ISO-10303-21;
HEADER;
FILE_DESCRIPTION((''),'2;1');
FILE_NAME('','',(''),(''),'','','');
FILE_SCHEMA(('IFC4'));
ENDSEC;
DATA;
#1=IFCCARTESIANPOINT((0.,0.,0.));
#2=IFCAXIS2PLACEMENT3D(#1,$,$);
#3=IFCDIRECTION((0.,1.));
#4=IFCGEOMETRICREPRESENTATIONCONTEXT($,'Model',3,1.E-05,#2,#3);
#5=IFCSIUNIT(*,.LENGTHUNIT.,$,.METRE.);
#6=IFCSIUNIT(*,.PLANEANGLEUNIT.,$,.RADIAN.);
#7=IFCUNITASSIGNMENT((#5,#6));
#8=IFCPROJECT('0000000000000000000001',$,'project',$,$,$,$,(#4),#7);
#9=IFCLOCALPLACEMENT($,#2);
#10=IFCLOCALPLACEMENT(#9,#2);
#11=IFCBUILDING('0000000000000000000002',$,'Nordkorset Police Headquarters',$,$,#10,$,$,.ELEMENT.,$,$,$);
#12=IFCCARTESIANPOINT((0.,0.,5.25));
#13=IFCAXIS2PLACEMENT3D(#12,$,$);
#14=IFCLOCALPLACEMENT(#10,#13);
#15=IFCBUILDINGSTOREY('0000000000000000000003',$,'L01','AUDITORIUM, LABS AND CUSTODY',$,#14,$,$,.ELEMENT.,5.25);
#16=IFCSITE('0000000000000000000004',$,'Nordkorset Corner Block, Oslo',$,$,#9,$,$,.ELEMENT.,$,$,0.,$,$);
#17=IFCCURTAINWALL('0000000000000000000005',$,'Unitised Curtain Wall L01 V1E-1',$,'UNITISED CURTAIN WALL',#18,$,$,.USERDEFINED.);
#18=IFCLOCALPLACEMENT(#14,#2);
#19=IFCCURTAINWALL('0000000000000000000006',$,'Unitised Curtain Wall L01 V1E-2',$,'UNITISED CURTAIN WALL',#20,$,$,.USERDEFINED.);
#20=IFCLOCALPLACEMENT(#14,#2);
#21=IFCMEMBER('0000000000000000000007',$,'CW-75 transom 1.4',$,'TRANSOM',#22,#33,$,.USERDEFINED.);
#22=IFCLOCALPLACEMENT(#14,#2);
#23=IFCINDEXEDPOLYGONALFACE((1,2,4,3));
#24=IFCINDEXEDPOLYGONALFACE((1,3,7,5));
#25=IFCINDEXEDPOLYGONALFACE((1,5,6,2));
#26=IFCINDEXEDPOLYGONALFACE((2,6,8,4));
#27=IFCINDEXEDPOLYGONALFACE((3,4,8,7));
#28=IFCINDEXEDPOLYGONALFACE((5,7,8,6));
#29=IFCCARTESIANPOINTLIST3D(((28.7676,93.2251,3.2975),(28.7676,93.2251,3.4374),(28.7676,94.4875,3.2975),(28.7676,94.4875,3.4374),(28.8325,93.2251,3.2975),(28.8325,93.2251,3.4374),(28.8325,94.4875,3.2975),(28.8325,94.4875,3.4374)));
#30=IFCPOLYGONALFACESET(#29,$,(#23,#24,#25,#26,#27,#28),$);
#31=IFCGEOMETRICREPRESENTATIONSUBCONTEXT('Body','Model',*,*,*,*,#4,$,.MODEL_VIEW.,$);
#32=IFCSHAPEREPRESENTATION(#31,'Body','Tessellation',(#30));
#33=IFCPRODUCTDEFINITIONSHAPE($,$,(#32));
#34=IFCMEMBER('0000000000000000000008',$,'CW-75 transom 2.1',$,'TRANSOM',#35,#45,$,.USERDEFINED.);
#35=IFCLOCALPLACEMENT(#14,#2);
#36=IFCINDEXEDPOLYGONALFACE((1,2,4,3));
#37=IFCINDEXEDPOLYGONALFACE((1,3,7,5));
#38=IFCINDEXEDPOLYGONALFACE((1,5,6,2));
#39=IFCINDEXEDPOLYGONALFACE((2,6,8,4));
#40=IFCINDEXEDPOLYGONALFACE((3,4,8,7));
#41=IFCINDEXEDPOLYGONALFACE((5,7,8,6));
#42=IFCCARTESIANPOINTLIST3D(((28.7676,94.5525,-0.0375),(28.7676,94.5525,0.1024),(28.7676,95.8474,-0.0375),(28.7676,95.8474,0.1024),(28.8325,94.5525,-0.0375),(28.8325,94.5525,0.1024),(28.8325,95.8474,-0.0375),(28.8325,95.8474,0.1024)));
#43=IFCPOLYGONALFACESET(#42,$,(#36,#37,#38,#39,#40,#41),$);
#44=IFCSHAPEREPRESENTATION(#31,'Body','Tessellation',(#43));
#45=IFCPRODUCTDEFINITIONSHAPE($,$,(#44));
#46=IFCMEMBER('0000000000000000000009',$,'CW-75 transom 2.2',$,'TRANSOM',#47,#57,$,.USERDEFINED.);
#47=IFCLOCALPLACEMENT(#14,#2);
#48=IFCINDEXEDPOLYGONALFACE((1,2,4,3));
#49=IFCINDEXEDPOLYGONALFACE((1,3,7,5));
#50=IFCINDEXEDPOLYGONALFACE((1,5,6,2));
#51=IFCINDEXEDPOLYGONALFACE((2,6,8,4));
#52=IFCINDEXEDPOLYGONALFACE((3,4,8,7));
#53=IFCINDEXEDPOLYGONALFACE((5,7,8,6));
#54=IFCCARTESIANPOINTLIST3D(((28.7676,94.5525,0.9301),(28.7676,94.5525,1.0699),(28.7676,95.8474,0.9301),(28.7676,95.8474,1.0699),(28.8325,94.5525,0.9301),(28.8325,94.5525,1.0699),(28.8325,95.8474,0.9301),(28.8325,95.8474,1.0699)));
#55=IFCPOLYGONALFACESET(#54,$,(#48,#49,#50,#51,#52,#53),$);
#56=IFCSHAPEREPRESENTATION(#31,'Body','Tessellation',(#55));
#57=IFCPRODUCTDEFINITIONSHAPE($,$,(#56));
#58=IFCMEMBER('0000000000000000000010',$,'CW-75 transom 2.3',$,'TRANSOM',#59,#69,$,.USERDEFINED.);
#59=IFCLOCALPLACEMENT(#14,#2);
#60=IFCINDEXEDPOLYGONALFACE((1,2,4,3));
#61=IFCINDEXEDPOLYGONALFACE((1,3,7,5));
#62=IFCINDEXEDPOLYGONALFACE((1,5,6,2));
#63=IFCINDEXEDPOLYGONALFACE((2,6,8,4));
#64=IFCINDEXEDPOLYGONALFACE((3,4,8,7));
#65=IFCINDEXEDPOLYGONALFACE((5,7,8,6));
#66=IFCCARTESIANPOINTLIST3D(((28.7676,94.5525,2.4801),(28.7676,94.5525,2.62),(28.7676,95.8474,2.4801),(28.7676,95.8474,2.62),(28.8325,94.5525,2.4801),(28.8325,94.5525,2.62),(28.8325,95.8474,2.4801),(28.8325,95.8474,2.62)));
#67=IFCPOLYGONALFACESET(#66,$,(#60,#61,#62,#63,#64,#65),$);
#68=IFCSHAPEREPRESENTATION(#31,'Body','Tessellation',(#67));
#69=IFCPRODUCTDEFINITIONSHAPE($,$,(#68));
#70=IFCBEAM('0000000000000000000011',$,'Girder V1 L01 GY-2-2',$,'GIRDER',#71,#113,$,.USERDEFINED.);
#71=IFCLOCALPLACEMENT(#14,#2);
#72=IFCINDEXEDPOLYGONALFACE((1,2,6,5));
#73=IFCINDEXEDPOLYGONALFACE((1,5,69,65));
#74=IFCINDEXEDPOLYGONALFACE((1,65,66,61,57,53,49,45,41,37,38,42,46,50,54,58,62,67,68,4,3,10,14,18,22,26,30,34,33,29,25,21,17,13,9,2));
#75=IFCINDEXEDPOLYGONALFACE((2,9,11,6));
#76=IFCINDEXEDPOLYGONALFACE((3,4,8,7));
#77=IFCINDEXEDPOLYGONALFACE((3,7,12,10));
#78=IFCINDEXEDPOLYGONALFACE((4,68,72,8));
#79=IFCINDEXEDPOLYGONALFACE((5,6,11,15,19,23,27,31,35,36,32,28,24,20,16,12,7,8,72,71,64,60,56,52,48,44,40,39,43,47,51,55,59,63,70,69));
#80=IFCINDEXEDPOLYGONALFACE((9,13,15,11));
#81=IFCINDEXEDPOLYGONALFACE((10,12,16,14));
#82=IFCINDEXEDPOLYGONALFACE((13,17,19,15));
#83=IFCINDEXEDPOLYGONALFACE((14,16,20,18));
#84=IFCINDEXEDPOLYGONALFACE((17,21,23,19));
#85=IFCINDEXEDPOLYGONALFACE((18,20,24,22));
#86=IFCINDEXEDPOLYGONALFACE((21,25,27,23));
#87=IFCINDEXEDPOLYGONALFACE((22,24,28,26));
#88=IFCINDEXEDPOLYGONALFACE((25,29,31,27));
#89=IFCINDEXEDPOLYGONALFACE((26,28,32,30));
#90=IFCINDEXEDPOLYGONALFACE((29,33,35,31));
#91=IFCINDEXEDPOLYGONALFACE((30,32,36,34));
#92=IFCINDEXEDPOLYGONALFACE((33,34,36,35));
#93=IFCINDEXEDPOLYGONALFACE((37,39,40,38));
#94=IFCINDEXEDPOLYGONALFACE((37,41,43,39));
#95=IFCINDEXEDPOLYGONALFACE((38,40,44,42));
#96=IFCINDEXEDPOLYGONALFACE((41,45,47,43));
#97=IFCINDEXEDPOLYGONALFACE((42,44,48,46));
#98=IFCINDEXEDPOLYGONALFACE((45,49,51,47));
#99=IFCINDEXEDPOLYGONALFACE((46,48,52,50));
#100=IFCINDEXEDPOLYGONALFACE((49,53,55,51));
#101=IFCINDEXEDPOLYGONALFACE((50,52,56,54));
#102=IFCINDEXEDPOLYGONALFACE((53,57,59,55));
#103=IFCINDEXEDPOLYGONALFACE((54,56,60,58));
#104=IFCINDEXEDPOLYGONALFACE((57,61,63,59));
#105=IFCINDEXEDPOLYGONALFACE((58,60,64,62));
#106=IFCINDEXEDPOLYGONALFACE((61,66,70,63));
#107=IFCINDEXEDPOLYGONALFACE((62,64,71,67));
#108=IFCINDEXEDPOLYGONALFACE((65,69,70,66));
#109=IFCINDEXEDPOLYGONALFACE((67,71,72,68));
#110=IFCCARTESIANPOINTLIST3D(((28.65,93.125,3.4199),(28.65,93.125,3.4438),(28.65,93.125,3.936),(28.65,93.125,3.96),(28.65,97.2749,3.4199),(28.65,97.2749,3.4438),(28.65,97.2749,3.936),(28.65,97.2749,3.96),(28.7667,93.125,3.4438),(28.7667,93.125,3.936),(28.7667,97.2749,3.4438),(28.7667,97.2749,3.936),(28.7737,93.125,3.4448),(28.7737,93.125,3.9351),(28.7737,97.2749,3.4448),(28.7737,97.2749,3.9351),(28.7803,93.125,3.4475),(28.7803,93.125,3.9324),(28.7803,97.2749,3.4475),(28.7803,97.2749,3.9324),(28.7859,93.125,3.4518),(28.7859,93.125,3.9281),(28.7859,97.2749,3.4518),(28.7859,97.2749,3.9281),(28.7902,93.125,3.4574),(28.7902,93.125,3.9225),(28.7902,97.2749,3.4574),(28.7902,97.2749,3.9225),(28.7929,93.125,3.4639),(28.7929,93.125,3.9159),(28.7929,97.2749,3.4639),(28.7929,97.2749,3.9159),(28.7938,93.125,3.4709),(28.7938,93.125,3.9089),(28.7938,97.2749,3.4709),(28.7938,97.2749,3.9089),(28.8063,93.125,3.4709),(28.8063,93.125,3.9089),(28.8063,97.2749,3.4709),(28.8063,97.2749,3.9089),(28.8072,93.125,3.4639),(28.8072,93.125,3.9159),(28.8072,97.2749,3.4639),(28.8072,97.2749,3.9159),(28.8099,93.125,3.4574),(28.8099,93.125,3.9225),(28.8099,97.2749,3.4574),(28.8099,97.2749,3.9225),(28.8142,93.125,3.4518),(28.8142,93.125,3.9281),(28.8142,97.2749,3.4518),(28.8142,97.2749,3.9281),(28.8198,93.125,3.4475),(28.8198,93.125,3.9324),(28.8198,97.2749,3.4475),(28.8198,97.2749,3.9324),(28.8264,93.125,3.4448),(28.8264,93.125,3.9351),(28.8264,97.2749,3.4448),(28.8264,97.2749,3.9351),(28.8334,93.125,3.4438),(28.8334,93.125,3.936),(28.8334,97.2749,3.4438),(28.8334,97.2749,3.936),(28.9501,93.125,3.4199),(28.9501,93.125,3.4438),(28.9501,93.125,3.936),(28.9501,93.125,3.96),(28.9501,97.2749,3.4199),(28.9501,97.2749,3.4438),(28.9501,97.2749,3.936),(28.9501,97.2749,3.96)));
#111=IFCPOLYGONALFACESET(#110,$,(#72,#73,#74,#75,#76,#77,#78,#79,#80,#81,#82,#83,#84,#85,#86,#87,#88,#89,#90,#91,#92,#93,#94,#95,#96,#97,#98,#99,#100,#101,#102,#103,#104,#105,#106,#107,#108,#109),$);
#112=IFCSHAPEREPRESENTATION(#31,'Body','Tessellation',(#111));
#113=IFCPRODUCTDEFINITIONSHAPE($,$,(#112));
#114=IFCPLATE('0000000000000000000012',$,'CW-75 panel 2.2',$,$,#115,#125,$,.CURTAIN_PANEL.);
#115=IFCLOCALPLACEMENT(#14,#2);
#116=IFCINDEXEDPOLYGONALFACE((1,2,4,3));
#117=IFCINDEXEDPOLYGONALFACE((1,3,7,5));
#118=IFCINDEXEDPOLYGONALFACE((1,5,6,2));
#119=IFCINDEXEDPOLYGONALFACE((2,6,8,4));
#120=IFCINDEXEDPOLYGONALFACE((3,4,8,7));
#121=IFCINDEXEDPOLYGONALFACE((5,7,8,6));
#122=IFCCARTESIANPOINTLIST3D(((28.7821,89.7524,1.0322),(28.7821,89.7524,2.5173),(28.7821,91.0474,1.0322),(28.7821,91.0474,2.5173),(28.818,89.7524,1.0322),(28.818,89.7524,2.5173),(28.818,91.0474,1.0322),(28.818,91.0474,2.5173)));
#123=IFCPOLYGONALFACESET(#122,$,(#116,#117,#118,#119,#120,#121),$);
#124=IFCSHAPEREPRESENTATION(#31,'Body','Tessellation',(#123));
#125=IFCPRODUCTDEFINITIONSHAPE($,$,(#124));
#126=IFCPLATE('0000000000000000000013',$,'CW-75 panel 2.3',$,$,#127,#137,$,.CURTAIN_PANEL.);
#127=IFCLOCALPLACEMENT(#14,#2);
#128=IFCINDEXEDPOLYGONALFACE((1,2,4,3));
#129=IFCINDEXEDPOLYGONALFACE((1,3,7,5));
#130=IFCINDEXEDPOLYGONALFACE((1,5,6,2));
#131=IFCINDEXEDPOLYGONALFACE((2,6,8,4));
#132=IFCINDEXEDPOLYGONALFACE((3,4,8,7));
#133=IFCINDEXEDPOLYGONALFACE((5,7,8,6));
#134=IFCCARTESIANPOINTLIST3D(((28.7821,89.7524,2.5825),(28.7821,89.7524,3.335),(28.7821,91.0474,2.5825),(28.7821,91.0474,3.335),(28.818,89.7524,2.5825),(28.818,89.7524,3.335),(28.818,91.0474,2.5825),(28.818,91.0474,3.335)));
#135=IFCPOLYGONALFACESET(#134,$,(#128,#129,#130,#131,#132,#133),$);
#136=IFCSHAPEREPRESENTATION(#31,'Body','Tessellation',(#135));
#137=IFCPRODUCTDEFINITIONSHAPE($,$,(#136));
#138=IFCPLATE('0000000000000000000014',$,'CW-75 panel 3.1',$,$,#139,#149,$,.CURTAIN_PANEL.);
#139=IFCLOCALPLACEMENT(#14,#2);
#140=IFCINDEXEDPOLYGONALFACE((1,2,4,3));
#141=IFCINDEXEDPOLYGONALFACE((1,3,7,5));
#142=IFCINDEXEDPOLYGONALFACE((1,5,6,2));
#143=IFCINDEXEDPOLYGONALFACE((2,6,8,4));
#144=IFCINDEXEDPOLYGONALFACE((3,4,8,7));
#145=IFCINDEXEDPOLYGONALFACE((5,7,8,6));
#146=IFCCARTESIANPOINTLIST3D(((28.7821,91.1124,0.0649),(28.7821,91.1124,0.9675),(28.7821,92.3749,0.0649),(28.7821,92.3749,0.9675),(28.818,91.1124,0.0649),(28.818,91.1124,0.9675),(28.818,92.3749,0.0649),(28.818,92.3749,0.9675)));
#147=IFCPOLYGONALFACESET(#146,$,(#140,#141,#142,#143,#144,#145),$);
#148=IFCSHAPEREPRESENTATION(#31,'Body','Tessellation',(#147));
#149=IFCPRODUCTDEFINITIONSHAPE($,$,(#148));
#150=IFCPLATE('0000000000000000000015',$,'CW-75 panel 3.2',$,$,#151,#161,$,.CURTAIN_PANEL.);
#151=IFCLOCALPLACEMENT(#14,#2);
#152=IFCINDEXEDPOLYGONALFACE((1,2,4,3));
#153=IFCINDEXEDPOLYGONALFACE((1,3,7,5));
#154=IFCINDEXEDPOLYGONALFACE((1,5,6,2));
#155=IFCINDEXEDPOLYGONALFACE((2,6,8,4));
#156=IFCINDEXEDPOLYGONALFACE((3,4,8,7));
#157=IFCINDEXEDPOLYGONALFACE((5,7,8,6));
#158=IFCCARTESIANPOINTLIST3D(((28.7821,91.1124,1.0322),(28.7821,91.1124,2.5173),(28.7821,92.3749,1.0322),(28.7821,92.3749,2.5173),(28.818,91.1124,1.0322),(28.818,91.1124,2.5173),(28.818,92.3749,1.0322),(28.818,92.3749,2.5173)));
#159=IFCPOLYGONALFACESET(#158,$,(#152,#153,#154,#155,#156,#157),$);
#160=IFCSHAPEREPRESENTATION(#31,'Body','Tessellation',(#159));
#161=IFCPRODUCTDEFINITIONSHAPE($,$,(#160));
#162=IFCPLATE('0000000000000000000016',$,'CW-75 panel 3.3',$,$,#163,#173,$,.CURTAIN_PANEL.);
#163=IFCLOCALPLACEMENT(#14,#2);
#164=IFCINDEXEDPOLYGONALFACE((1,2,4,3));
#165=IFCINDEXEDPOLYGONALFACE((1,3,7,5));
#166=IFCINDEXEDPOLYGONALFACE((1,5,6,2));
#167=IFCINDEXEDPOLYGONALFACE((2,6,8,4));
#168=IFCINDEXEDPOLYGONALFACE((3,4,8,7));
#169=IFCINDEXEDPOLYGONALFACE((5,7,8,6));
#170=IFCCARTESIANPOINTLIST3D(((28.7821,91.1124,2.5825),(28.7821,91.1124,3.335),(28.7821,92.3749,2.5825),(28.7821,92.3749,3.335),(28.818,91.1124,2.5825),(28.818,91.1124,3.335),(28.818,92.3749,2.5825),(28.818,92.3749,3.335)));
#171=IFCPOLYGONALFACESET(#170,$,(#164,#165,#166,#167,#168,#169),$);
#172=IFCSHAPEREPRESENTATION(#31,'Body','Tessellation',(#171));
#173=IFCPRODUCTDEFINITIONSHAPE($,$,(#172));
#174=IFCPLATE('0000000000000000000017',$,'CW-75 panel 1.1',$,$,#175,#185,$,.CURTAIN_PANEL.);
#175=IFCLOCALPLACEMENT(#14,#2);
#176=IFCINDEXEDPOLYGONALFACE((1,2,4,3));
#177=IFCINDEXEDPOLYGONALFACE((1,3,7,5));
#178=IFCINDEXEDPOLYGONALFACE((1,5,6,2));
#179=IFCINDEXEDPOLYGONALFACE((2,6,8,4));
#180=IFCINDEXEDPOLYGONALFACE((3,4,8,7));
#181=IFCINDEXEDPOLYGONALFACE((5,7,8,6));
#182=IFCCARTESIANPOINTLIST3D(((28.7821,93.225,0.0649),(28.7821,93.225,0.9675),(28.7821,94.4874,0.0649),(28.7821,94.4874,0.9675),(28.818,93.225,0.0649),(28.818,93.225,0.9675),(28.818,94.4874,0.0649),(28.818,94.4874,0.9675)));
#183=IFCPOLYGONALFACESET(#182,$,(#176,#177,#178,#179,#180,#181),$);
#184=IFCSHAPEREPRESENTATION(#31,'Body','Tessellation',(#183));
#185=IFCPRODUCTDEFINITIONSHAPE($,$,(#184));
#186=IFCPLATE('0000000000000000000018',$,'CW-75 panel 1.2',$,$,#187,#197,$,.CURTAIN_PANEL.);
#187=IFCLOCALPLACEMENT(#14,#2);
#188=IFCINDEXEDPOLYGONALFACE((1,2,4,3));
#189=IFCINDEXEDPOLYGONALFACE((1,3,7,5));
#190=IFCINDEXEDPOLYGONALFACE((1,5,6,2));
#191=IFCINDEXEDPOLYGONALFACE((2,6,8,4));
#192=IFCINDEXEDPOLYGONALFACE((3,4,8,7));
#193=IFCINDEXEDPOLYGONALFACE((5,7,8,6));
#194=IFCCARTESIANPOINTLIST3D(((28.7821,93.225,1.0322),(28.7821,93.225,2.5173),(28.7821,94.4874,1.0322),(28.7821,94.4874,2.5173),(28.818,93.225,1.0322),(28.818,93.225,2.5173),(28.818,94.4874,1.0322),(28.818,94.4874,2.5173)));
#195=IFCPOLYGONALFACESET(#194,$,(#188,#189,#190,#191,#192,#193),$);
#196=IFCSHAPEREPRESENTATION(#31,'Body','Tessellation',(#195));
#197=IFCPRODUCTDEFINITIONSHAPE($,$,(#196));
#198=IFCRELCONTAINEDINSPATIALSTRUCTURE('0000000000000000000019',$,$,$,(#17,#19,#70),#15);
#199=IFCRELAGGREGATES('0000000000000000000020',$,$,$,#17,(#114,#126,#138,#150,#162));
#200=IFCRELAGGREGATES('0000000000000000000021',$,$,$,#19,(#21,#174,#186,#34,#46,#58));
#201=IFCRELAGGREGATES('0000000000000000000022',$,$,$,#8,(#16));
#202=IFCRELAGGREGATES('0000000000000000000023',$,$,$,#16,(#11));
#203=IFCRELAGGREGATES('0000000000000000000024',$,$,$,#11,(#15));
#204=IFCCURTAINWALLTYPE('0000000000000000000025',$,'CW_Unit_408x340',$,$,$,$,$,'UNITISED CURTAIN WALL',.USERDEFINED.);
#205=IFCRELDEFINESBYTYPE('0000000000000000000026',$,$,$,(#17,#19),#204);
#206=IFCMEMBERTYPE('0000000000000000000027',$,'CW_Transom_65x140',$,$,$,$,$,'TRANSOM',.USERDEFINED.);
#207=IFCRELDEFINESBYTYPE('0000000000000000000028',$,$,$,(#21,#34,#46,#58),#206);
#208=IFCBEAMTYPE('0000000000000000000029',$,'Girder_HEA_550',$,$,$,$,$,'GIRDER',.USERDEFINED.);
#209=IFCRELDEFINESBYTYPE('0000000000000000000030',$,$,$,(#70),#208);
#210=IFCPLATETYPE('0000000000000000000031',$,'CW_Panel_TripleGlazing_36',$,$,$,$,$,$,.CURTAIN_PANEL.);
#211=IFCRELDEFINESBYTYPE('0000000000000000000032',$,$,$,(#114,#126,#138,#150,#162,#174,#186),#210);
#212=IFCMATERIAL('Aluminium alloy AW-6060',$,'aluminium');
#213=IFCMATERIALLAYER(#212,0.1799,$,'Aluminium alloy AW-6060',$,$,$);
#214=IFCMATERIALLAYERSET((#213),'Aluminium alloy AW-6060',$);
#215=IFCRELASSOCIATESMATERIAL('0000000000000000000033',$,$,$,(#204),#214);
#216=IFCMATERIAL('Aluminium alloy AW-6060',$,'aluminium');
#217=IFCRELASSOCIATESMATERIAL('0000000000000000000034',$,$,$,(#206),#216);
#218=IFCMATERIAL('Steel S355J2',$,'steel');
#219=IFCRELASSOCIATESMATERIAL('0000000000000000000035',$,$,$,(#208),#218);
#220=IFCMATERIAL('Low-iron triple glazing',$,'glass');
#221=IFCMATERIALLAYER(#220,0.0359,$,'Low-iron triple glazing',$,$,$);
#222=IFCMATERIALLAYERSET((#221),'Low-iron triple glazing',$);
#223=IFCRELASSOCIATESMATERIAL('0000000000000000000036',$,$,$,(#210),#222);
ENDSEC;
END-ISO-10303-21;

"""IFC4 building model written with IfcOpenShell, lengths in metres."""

from ifc_helpers import new_model, si_unit, direction, frame, origin, origin_2d, place, context, subcontext, project, spatial, rectangle, i_section, extrude, material, layer, layer_set, material_profile, profile_set, type_object, element, aggregate, save


model = new_model("IFC4")

# Units and contexts
model_context = context("Model", 3, precision=1e-05, world=origin(), true_north=direction((0.0, 1.0)))
body_context = subcontext(model_context, "Body", "Model", "MODEL_VIEW")
ifc_project = project(units=[si_unit("LENGTHUNIT", "METRE"), si_unit("PLANEANGLEUNIT", "RADIAN")], contexts=[model_context])

# Site, building, storey
site_placement = place(None, origin())
site = spatial("IfcSite", under=ifc_project, at=site_placement, Name="Nordkorset Corner Block, Oslo", CompositionType="ELEMENT", RefElevation=0.0)
building_placement = place(site_placement, origin())
building = spatial("IfcBuilding", under=site, at=building_placement, Name="Nordkorset Police Headquarters", CompositionType="ELEMENT")
storey_placement = place(building_placement, frame((0.0, 0.0, 5.25)))
storey = spatial("IfcBuildingStorey", under=building, at=storey_placement, Name="L01", Description="AUDITORIUM, LABS AND CUSTODY", CompositionType="ELEMENT", Elevation=5.25)

# Curtain walls
ifc_material_1 = material(Name="Aluminium alloy AW-6060", Category="aluminium")
ifc_layer_1 = layer(ifc_material_1, 0.1799, Name="Aluminium alloy AW-6060")
ifc_layer_set_1 = layer_set([ifc_layer_1], Name="Aluminium alloy AW-6060")
curtain_wall_type = type_object("IfcCurtainWallType", Name="CW_Unit_408x340", ElementType="UNITISED CURTAIN WALL", PredefinedType="USERDEFINED", material=ifc_layer_set_1)
curtain_wall_1_placement = place(storey_placement, origin())
curtain_wall_1 = element("IfcCurtainWall", 1, at=curtain_wall_1_placement, inside=storey, type_object=curtain_wall_type, Name="Unitised Curtain Wall L01 V1E-1", ObjectType="UNITISED CURTAIN WALL", PredefinedType="USERDEFINED")
curtain_wall_2_placement = place(storey_placement, origin())
curtain_wall_2 = element("IfcCurtainWall", 2, at=curtain_wall_2_placement, inside=storey, type_object=curtain_wall_type, Name="Unitised Curtain Wall L01 V1E-2", ObjectType="UNITISED CURTAIN WALL", PredefinedType="USERDEFINED")

# Members
ifc_material_2 = material(Name="Aluminium alloy AW-6060", Category="aluminium")
ifc_material_profile_1 = material_profile(ifc_material_2, rectangle(XDim=0.0649, YDim=0.1399, at=origin_2d()), Name="ALU TRAN 65x140")
ifc_profile_set_1 = profile_set([ifc_material_profile_1], Name="Aluminium alloy AW-6060")
member_type_1 = type_object("IfcMemberType", Name="CW_Transom_65x140", ElementType="TRANSOM", PredefinedType="USERDEFINED", material=ifc_profile_set_1)
member_1_placement = place(storey_placement, frame((28.8, 93.2251, 3.3674), z_axis=(0.0, 1.0, 0.0), x_axis=(-1.0, 0.0, 0.0)))
member_1 = element("IfcMember", 3, at=member_1_placement, type_object=member_type_1, Name="CW-75 transom 1.4", ObjectType="TRANSOM", PredefinedType="USERDEFINED", context=body_context, shape_type="SweptSolid", body=[
    extrude(rectangle(XDim=0.0649, YDim=0.1399, at=origin_2d()), origin(), (0.0, 0.0, 1.0), 1.2625),
])
member_2_placement = place(storey_placement, frame((28.8, 94.5525, 0.0325), z_axis=(0.0, 1.0, 0.0), x_axis=(-1.0, 0.0, 0.0)))
member_2 = element("IfcMember", 4, at=member_2_placement, type_object=member_type_1, Name="CW-75 transom 2.1", ObjectType="TRANSOM", PredefinedType="USERDEFINED", context=body_context, shape_type="SweptSolid", body=[
    extrude(rectangle(XDim=0.0649, YDim=0.1399, at=origin_2d()), origin(), (0.0, 0.0, 1.0), 1.2949),
])
member_3_placement = place(storey_placement, frame((28.8, 94.5525, 1.0), z_axis=(0.0, 1.0, 0.0), x_axis=(-1.0, 0.0, 0.0)))
member_3 = element("IfcMember", 5, at=member_3_placement, type_object=member_type_1, Name="CW-75 transom 2.2", ObjectType="TRANSOM", PredefinedType="USERDEFINED", context=body_context, shape_type="SweptSolid", body=[
    extrude(rectangle(XDim=0.0649, YDim=0.1399, at=origin_2d()), origin(), (0.0, 0.0, 1.0), 1.2949),
])
member_4_placement = place(storey_placement, frame((28.8, 94.5525, 2.55), z_axis=(0.0, 1.0, 0.0), x_axis=(-1.0, 0.0, 0.0)))
member_4 = element("IfcMember", 6, at=member_4_placement, type_object=member_type_1, Name="CW-75 transom 2.3", ObjectType="TRANSOM", PredefinedType="USERDEFINED", context=body_context, shape_type="SweptSolid", body=[
    extrude(rectangle(XDim=0.0649, YDim=0.1399, at=origin_2d()), origin(), (0.0, 0.0, 1.0), 1.2949),
])

# Beam
ifc_material_3 = material(Name="Steel S355J2", Category="steel")
ifc_material_profile_2 = material_profile(ifc_material_3, i_section(OverallWidth=0.3, OverallDepth=0.54, WebThickness=0.0125, FlangeThickness=0.0239, FilletRadius=0.0271, at=origin_2d()), Name="HEA 550")
ifc_profile_set_2 = profile_set([ifc_material_profile_2], Name="Steel S355J2")
beam_type = type_object("IfcBeamType", Name="Girder_HEA_550", ElementType="GIRDER", PredefinedType="USERDEFINED", material=ifc_profile_set_2)
beam_placement = place(storey_placement, frame((28.8, 93.125, 3.6899), z_axis=(0.0, 1.0, 0.0), x_axis=(-1.0, 0.0, 0.0)))
element("IfcBeam", 7, at=beam_placement, inside=storey, type_object=beam_type, Name="Girder V1 L01 GY-2-2", ObjectType="GIRDER", PredefinedType="USERDEFINED", context=body_context, shape_type="SweptSolid", body=[
    extrude(i_section(OverallWidth=0.3, OverallDepth=0.54, WebThickness=0.0125, FlangeThickness=0.0239, FilletRadius=0.0271, at=origin_2d()), origin(), (0.0, 0.0, 1.0), 4.1499),
])

# Plates
ifc_material_4 = material(Name="Low-iron triple glazing", Category="glass")
ifc_layer_2 = layer(ifc_material_4, 0.0359, Name="Low-iron triple glazing")
ifc_layer_set_2 = layer_set([ifc_layer_2], Name="Low-iron triple glazing")
plate_type = type_object("IfcPlateType", Name="CW_Panel_TripleGlazing_36", PredefinedType="CURTAIN_PANEL", material=ifc_layer_set_2)
plate_1_placement = place(storey_placement, frame((28.8, 90.3999, 1.0322), z_axis=(0.0, 0.0, 1.0), x_axis=(0.0, 1.0, 0.0)))
plate_1 = element("IfcPlate", 8, at=plate_1_placement, type_object=plate_type, Name="CW-75 panel 2.2", PredefinedType="CURTAIN_PANEL", context=body_context, shape_type="SweptSolid", body=[
    extrude(rectangle(XDim=1.2949, YDim=0.0359, at=origin_2d()), origin(), (0.0, 0.0, 1.0), 1.4851),
])
plate_2_placement = place(storey_placement, frame((28.8, 90.3999, 2.5825), z_axis=(0.0, 0.0, 1.0), x_axis=(0.0, 1.0, 0.0)))
plate_2 = element("IfcPlate", 9, at=plate_2_placement, type_object=plate_type, Name="CW-75 panel 2.3", PredefinedType="CURTAIN_PANEL", context=body_context, shape_type="SweptSolid", body=[
    extrude(rectangle(XDim=1.2949, YDim=0.0359, at=origin_2d()), origin(), (0.0, 0.0, 1.0), 0.7524),
])
plate_3_placement = place(storey_placement, frame((28.8, 91.7437, 0.0649), z_axis=(0.0, 0.0, 1.0), x_axis=(0.0, 1.0, 0.0)))
plate_3 = element("IfcPlate", 10, at=plate_3_placement, type_object=plate_type, Name="CW-75 panel 3.1", PredefinedType="CURTAIN_PANEL", context=body_context, shape_type="SweptSolid", body=[
    extrude(rectangle(XDim=1.2625, YDim=0.0359, at=origin_2d()), origin(), (0.0, 0.0, 1.0), 0.9026),
])
plate_4_placement = place(storey_placement, frame((28.8, 91.7437, 1.0322), z_axis=(0.0, 0.0, 1.0), x_axis=(0.0, 1.0, 0.0)))
plate_4 = element("IfcPlate", 11, at=plate_4_placement, type_object=plate_type, Name="CW-75 panel 3.2", PredefinedType="CURTAIN_PANEL", context=body_context, shape_type="SweptSolid", body=[
    extrude(rectangle(XDim=1.2625, YDim=0.0359, at=origin_2d()), origin(), (0.0, 0.0, 1.0), 1.4851),
])
plate_5_placement = place(storey_placement, frame((28.8, 91.7437, 2.5825), z_axis=(0.0, 0.0, 1.0), x_axis=(0.0, 1.0, 0.0)))
plate_5 = element("IfcPlate", 12, at=plate_5_placement, type_object=plate_type, Name="CW-75 panel 3.3", PredefinedType="CURTAIN_PANEL", context=body_context, shape_type="SweptSolid", body=[
    extrude(rectangle(XDim=1.2625, YDim=0.0359, at=origin_2d()), origin(), (0.0, 0.0, 1.0), 0.7524),
])
aggregate(curtain_wall_1, [plate_1, plate_2, plate_3, plate_4, plate_5])
plate_6_placement = place(storey_placement, frame((28.8, 93.8562, 0.0649), z_axis=(0.0, 0.0, 1.0), x_axis=(0.0, 1.0, 0.0)))
plate_6 = element("IfcPlate", 13, at=plate_6_placement, type_object=plate_type, Name="CW-75 panel 1.1", PredefinedType="CURTAIN_PANEL", context=body_context, shape_type="SweptSolid", body=[
    extrude(rectangle(XDim=1.2625, YDim=0.0359, at=origin_2d()), origin(), (0.0, 0.0, 1.0), 0.9026),
])
plate_7_placement = place(storey_placement, frame((28.8, 93.8562, 1.0322), z_axis=(0.0, 0.0, 1.0), x_axis=(0.0, 1.0, 0.0)))
plate_7 = element("IfcPlate", 14, at=plate_7_placement, type_object=plate_type, Name="CW-75 panel 1.2", PredefinedType="CURTAIN_PANEL", context=body_context, shape_type="SweptSolid", body=[
    extrude(rectangle(XDim=1.2625, YDim=0.0359, at=origin_2d()), origin(), (0.0, 0.0, 1.0), 1.4851),
])
aggregate(curtain_wall_2, [member_1, plate_6, plate_7, member_2, member_3, member_4])

save(model, "model.ifc")
